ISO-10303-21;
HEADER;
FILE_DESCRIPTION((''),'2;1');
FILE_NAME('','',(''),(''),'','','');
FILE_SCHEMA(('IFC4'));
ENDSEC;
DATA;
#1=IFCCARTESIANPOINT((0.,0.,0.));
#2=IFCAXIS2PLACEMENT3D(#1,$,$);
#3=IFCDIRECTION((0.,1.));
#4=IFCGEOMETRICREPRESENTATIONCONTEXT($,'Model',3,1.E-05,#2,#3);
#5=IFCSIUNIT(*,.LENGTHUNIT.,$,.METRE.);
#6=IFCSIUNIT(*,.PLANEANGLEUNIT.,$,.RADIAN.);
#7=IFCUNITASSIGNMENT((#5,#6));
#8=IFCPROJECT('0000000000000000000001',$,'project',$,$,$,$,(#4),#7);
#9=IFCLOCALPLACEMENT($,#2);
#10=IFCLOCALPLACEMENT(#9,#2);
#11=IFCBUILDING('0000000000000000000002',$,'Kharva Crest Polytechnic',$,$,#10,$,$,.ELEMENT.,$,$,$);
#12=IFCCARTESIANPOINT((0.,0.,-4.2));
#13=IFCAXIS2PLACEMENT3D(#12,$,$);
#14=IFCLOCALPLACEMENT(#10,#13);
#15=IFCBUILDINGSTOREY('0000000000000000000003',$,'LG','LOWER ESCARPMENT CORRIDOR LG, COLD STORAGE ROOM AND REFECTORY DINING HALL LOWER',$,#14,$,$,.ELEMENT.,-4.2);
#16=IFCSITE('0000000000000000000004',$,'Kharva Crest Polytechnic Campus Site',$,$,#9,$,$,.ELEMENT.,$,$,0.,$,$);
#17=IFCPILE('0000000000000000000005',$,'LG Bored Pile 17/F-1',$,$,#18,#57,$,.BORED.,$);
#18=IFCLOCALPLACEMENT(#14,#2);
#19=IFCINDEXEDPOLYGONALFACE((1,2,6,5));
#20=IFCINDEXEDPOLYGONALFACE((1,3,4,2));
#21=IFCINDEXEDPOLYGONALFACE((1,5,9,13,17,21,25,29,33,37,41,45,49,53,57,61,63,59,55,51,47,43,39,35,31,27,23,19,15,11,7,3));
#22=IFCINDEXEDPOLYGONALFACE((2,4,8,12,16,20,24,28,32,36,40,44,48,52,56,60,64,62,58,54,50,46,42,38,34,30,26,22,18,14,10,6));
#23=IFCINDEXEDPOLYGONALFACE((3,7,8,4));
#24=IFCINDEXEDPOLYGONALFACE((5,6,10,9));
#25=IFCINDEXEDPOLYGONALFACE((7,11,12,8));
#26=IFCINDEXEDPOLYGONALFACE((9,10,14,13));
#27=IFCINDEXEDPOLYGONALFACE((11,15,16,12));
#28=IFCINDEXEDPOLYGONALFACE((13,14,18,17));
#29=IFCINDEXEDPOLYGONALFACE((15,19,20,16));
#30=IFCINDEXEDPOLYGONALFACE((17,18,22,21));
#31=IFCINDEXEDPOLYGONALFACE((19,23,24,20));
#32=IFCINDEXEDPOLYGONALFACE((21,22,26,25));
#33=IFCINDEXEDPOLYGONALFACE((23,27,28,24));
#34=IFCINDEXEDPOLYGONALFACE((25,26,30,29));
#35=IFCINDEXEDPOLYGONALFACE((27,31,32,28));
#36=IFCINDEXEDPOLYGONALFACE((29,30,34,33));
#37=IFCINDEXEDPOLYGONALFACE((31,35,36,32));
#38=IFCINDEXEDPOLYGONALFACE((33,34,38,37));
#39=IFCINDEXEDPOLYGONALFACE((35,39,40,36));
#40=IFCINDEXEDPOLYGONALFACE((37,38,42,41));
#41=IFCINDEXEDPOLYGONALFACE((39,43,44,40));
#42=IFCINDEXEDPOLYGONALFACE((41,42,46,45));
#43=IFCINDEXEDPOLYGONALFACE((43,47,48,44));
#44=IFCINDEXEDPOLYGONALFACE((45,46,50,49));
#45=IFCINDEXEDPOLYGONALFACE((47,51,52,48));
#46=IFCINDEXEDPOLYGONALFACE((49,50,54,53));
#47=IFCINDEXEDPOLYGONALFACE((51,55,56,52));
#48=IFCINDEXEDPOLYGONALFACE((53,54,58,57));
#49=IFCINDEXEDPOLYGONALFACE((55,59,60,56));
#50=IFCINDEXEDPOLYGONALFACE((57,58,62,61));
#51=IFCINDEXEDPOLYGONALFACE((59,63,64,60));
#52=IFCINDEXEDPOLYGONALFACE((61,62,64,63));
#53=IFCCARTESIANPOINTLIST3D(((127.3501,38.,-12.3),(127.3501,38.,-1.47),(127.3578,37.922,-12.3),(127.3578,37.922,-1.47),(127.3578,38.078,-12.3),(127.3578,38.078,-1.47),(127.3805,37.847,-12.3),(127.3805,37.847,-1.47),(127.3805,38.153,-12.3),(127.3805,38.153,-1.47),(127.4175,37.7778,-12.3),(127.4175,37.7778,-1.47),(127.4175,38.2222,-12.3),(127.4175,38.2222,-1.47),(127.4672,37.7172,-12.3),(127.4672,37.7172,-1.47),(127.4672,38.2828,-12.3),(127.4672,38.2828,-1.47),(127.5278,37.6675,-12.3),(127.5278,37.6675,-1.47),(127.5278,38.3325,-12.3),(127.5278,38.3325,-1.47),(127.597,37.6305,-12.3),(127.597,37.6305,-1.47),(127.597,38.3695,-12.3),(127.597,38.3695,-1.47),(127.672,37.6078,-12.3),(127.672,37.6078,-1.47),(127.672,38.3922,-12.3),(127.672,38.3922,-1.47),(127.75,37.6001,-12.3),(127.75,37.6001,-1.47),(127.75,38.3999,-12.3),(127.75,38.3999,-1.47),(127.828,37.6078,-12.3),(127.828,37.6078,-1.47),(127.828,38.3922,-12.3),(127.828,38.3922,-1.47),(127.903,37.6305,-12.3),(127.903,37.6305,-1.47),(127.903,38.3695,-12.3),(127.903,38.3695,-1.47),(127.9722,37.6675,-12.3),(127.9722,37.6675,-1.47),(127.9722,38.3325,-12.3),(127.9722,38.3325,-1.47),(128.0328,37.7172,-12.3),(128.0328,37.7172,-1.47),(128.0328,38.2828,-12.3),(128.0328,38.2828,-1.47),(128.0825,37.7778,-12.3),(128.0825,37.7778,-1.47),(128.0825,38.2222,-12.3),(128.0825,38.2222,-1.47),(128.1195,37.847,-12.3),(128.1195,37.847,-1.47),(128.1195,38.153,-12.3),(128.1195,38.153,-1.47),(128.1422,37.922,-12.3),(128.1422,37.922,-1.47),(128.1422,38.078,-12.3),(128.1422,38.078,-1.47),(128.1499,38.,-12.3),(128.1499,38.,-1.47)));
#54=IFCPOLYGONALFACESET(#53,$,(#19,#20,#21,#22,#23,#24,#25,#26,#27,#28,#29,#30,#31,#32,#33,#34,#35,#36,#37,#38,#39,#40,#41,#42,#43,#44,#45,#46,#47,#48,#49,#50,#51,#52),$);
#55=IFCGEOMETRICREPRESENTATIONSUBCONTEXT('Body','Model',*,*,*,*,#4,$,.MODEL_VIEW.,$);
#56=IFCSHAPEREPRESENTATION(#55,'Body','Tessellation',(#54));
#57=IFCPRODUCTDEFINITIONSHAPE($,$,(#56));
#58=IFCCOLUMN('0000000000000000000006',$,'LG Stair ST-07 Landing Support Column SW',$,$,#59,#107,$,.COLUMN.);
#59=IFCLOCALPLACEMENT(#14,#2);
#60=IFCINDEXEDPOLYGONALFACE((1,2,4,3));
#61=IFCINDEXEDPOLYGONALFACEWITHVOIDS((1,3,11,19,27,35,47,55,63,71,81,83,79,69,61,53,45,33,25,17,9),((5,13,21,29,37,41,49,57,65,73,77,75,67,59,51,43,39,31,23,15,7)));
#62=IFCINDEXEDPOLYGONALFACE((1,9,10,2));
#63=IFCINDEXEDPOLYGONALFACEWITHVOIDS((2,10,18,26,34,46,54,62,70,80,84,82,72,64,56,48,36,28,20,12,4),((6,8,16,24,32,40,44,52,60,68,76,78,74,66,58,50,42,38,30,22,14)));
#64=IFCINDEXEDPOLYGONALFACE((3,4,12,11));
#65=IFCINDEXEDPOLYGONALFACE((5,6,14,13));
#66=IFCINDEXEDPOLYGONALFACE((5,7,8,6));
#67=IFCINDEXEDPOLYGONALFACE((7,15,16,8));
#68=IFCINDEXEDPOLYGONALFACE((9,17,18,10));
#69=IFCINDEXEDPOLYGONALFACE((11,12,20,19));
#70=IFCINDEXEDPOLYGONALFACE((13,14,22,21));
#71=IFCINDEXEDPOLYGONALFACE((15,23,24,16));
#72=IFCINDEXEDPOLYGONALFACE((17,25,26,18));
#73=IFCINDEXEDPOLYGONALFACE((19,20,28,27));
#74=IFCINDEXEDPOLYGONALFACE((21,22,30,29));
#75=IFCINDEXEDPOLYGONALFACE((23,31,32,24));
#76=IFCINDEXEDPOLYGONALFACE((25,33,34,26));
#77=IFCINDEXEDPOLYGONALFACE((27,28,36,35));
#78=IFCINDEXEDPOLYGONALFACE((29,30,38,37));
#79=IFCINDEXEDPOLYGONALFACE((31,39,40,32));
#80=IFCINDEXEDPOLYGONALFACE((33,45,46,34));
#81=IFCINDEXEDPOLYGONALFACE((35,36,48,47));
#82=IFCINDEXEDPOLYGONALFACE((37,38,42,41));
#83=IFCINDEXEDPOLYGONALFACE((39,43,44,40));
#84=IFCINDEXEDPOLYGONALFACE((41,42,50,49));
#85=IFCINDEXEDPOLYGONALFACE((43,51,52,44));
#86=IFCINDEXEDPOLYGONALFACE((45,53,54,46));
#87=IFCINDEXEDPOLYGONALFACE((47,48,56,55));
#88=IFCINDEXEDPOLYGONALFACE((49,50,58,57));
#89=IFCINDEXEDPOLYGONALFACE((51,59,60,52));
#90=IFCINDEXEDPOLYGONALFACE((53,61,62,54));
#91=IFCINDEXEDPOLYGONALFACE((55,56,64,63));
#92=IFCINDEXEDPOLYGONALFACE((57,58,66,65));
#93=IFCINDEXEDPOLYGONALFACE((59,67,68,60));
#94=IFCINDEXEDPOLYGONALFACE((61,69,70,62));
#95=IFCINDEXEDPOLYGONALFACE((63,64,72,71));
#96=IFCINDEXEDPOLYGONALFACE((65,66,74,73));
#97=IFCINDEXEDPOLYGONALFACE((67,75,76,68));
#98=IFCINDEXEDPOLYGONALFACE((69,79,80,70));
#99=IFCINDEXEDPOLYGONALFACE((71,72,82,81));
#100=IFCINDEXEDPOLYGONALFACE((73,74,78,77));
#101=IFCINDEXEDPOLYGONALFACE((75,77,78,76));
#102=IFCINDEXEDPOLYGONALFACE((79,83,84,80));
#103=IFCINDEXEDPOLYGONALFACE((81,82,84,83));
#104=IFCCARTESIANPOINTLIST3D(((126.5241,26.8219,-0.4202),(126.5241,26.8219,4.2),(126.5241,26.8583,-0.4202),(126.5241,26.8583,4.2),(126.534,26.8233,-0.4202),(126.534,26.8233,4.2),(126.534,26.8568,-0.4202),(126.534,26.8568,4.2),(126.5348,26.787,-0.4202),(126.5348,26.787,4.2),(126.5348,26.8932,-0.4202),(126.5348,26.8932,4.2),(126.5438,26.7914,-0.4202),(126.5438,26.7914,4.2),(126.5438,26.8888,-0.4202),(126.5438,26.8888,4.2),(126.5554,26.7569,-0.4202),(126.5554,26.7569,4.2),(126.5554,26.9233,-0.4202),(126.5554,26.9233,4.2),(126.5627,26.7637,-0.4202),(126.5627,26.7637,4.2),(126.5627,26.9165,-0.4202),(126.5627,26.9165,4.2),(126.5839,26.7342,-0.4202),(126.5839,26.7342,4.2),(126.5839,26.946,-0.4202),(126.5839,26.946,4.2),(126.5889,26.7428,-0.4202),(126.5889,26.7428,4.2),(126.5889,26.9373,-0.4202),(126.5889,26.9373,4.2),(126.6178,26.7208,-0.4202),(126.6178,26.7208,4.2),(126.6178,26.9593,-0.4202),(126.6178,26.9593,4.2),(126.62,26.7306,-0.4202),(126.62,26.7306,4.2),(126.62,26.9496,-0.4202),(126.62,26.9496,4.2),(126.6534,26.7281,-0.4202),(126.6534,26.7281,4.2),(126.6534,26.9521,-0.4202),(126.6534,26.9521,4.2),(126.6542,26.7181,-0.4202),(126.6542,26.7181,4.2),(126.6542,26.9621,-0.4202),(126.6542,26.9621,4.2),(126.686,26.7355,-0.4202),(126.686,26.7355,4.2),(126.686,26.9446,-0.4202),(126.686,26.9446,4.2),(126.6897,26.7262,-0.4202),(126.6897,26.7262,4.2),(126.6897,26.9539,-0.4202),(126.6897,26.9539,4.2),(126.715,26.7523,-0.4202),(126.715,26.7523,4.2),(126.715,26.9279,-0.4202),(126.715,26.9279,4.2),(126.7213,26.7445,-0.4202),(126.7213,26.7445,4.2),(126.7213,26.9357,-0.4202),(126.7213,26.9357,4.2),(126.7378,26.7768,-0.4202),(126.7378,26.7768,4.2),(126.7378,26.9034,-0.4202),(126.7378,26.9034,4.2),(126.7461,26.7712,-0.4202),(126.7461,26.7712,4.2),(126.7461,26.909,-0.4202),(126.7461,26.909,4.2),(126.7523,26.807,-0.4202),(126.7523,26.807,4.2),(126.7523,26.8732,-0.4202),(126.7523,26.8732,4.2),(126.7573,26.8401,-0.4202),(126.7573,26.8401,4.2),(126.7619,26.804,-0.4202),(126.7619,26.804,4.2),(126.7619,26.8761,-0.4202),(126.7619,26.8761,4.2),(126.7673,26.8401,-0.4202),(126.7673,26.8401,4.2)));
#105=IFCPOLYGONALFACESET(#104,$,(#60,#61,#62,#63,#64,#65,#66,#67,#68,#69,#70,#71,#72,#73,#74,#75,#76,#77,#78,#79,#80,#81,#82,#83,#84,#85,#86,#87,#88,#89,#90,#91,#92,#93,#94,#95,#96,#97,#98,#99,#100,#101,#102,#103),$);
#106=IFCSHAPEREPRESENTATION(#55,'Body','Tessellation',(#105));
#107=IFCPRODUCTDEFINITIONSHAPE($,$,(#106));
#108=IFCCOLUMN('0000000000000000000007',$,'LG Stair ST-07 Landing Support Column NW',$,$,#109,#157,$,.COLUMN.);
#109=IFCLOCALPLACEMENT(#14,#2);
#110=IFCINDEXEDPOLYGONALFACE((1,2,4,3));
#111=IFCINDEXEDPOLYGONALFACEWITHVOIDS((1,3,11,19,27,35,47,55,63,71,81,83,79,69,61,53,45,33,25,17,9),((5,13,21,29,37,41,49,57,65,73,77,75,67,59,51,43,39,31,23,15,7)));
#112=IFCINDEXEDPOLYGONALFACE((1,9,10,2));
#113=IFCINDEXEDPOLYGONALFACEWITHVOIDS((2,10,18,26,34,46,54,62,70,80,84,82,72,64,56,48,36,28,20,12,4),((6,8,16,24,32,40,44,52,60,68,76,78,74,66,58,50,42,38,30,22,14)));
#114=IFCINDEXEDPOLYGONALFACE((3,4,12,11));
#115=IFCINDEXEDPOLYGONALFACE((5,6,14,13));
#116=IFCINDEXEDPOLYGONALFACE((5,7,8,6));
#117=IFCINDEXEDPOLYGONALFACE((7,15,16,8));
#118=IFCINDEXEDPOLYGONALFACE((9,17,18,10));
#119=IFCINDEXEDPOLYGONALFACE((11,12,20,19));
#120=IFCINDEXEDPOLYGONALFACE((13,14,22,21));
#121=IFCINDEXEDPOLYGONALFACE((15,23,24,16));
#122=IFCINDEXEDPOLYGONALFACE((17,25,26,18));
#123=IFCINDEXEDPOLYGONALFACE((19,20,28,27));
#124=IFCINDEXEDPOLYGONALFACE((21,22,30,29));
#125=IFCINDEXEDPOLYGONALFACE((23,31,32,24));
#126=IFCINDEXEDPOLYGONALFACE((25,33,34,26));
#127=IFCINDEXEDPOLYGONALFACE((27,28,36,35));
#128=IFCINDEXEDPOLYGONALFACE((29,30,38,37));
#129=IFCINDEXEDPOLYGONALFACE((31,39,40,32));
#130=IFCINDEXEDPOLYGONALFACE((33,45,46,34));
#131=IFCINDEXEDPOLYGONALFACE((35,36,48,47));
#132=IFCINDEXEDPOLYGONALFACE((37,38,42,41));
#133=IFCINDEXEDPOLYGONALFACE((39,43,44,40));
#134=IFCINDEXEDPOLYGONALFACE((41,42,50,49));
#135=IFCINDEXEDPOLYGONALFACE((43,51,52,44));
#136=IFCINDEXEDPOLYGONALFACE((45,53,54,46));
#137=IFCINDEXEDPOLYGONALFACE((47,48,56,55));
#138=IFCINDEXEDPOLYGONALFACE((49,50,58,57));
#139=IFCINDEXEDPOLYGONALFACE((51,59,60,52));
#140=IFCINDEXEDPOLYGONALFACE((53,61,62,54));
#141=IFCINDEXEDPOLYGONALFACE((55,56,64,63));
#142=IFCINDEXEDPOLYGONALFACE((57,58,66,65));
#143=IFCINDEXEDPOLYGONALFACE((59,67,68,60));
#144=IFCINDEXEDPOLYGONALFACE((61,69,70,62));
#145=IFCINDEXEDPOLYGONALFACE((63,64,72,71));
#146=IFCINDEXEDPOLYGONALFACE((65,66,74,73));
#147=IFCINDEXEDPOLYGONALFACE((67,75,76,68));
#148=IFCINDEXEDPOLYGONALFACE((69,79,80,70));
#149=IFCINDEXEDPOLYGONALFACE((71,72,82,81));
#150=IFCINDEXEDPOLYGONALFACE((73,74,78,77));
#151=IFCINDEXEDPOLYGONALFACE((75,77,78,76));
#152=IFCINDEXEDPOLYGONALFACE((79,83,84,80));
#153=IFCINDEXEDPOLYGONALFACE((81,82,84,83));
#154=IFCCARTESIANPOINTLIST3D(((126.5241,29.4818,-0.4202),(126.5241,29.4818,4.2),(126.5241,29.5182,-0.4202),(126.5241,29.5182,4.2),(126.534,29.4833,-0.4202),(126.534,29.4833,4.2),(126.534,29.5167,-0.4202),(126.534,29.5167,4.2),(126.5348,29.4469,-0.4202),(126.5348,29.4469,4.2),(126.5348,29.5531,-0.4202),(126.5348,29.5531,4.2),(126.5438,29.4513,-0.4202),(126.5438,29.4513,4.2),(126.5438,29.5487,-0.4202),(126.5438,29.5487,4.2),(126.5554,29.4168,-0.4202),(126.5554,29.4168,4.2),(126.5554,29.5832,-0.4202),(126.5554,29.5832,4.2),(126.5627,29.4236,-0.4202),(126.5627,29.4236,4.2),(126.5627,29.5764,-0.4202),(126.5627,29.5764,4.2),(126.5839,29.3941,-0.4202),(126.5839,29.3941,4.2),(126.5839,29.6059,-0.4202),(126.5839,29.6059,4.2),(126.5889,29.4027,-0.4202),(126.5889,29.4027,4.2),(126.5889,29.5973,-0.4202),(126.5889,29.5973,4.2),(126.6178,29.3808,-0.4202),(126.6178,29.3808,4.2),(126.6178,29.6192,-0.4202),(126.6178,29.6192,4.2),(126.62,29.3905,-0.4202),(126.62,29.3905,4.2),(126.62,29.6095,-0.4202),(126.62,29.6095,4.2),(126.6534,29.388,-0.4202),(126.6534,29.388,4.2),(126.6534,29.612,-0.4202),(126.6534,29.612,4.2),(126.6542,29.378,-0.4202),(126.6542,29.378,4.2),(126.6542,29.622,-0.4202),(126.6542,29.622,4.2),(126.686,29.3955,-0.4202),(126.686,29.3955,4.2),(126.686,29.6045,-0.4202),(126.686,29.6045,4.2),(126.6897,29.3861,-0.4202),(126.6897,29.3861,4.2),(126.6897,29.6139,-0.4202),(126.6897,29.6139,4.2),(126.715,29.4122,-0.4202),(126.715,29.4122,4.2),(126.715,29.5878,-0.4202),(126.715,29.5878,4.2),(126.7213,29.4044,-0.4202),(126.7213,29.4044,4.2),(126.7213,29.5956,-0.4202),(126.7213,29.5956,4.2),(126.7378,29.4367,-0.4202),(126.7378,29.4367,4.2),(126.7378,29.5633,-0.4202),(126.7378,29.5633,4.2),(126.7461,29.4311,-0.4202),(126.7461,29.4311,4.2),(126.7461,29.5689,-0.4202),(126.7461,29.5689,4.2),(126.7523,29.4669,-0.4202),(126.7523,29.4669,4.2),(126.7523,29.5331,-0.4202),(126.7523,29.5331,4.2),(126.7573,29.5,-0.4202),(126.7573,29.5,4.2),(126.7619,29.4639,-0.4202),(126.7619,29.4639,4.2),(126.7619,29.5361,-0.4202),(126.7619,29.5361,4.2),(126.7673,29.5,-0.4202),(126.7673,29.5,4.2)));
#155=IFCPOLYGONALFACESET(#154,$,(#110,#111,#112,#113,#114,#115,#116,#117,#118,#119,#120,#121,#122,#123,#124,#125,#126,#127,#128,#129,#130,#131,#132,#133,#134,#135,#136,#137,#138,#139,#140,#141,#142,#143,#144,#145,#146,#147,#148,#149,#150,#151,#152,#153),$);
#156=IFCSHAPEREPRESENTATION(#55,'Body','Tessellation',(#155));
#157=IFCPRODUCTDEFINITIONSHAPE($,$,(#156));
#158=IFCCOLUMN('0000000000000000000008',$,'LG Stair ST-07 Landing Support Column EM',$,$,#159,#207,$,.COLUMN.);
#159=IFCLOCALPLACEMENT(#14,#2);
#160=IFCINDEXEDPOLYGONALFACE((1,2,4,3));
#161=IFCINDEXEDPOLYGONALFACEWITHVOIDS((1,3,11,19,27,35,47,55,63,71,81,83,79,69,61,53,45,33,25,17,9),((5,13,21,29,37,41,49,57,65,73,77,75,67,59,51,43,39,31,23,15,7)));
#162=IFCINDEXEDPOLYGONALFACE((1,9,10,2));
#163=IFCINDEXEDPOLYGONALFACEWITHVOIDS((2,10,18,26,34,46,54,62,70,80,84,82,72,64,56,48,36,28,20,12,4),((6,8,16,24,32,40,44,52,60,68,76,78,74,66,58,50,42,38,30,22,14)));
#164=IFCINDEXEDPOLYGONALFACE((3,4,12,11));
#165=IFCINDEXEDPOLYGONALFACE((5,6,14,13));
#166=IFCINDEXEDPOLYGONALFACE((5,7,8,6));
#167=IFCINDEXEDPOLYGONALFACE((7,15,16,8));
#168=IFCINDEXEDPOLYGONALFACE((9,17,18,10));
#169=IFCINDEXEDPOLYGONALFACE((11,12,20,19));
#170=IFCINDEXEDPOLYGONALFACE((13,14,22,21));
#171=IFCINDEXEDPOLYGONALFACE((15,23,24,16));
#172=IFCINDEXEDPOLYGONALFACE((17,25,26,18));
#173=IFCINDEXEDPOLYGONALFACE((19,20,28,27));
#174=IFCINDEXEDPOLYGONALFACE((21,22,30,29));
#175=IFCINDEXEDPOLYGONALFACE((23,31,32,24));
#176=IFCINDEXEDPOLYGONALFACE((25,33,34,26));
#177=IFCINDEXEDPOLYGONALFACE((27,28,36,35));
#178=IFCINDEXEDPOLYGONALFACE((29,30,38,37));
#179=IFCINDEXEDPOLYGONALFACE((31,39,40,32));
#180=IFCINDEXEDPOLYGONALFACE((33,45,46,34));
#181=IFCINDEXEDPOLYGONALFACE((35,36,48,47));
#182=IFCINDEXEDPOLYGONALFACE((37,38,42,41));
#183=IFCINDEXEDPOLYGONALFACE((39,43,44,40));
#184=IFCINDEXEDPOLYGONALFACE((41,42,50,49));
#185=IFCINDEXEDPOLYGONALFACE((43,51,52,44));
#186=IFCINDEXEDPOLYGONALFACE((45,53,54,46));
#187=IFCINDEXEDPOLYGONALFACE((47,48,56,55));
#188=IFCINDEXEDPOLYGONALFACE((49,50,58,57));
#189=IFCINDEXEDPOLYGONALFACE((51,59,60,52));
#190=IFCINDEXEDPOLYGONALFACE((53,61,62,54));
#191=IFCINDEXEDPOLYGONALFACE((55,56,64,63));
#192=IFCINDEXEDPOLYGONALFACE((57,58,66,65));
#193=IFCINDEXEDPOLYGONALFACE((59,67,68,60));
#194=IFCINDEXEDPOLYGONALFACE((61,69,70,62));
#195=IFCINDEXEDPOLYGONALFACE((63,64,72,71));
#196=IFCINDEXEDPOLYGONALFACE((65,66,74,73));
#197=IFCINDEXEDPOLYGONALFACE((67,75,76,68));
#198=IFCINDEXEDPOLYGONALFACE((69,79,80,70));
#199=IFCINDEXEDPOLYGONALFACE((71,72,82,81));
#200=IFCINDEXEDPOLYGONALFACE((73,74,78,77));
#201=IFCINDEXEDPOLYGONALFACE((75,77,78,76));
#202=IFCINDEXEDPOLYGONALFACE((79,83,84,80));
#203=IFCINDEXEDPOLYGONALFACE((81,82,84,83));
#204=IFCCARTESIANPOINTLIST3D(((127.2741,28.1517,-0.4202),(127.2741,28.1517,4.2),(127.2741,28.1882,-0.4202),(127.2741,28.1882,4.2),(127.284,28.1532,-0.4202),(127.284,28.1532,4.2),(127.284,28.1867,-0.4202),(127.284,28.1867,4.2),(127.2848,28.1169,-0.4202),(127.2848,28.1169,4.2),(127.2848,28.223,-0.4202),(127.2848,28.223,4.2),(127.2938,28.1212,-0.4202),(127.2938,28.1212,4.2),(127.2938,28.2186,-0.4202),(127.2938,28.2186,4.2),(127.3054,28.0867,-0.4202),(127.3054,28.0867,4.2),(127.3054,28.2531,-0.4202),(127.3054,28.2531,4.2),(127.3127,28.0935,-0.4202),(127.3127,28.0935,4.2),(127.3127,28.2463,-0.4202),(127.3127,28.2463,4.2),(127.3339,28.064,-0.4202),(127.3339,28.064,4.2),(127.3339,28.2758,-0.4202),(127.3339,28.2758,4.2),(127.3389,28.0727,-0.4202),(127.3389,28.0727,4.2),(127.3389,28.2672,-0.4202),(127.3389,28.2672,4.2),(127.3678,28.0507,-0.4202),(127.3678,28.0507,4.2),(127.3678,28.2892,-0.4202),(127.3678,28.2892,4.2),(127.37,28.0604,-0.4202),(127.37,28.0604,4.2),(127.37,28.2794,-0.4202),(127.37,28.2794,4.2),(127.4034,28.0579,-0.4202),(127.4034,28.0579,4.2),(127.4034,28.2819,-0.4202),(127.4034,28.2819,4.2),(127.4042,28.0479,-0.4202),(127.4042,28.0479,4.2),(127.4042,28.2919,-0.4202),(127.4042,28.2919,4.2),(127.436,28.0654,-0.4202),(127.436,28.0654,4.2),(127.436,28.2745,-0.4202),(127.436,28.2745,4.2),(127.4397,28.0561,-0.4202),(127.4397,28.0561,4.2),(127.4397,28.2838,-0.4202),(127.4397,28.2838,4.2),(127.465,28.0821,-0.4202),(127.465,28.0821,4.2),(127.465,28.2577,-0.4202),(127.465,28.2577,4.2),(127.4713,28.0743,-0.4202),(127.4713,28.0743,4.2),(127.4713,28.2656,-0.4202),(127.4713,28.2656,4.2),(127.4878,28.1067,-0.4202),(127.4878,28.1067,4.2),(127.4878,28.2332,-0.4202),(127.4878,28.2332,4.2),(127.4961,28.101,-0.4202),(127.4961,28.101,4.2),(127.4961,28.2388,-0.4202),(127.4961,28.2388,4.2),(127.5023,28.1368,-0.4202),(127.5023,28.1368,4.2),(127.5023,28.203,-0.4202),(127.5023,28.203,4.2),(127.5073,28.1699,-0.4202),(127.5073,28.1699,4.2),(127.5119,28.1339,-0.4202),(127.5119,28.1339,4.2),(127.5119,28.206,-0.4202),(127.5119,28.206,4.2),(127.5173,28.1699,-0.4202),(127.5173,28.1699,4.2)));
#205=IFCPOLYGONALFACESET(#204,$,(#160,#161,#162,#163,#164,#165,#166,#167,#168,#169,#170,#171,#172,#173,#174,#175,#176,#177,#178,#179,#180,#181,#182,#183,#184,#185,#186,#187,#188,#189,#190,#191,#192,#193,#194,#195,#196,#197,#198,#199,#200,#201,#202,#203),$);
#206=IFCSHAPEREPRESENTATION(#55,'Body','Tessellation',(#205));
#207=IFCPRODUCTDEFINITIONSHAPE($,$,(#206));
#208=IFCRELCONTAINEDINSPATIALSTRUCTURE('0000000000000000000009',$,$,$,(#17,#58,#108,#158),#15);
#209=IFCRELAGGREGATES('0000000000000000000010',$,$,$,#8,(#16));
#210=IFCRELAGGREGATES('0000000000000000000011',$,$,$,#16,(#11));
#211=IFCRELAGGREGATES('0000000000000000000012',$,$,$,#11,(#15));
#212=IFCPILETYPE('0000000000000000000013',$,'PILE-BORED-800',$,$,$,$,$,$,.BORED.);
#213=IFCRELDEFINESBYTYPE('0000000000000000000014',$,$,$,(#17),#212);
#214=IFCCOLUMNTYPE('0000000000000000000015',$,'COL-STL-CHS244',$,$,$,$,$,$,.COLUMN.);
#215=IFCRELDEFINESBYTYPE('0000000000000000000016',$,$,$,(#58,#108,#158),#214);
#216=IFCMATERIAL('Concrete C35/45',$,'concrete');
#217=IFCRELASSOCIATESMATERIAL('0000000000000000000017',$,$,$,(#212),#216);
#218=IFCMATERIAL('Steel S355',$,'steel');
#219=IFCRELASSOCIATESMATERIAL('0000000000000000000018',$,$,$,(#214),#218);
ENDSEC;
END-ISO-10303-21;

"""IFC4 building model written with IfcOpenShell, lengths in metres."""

from ifc_helpers import new_model, si_unit, direction, frame, origin, origin_2d, place, context, subcontext, project, spatial, circle, hollow_circle, extrude, material, material_profile, profile_set, type_object, element, save


model = new_model("IFC4")

# Units and contexts
model_context = context("Model", 3, precision=1e-05, world=origin(), true_north=direction((0.0, 1.0)))
body_context = subcontext(model_context, "Body", "Model", "MODEL_VIEW")
ifc_project = project(units=[si_unit("LENGTHUNIT", "METRE"), si_unit("PLANEANGLEUNIT", "RADIAN")], contexts=[model_context])

# Site, building, storey
site_placement = place(None, origin())
site = spatial("IfcSite", under=ifc_project, at=site_placement, Name="Kharva Crest Polytechnic Campus Site", CompositionType="ELEMENT", RefElevation=0.0)
building_placement = place(site_placement, origin())
building = spatial("IfcBuilding", under=site, at=building_placement, Name="Kharva Crest Polytechnic", CompositionType="ELEMENT")
storey_placement = place(building_placement, frame((0.0, 0.0, -4.2)))
storey = spatial("IfcBuildingStorey", under=building, at=storey_placement, Name="LG", Description="LOWER ESCARPMENT CORRIDOR LG, COLD STORAGE ROOM AND REFECTORY DINING HALL LOWER", CompositionType="ELEMENT", Elevation=-4.2)

# Shared definitions
ifc_material_1 = material(Name="Concrete C35/45", Category="concrete")

# Pile
ifc_material_profile_1 = material_profile(ifc_material_1, circle(Radius=0.3999, at=origin_2d()), Name="DIA 800")
ifc_profile_set_1 = profile_set([ifc_material_profile_1], Name="Concrete C35/45")
pile_type = type_object("IfcPileType", Name="PILE-BORED-800", PredefinedType="BORED", material=ifc_profile_set_1)
for number, where, z_axis, x_axis, name in (
    (1, (127.75, 38.0, -1.47), (0.0, 0.0, -1.0), (1.0, 0.0, 0.0), "LG Bored Pile 17/F-1"),
):
    element("IfcPile", number, at=place(storey_placement, frame(where, z_axis=z_axis, x_axis=x_axis)), inside=storey, type_object=pile_type, Name=name, PredefinedType="BORED", context=body_context, shape_type="SweptSolid", body=[
        extrude(circle(Radius=0.3999, at=origin_2d()), origin(), (0.0, 0.0, 1.0), 10.8301),
    ])

# Columns
ifc_material_2 = material(Name="Steel S355", Category="steel")
ifc_material_profile_2 = material_profile(ifc_material_2, hollow_circle(Radius=0.1223, WallThickness=0.01, at=origin_2d()), Name="CHS 244.5X10.0")
ifc_profile_set_2 = profile_set([ifc_material_profile_2], Name="Steel S355")
column_type = type_object("IfcColumnType", Name="COL-STL-CHS244", PredefinedType="COLUMN", material=ifc_profile_set_2)
for number, where, z_axis, x_axis, name in (
    (2, (126.645, 26.8401, -0.4202), (0.0, 0.0, 1.0), (1.0, 0.0, 0.0), "LG Stair ST-07 Landing Support Column SW"),
    (3, (126.645, 29.5, -0.4202), (0.0, 0.0, 1.0), (1.0, 0.0, 0.0), "LG Stair ST-07 Landing Support Column NW"),
    (4, (127.395, 28.1699, -0.4202), (0.0, 0.0, 1.0), (1.0, 0.0, 0.0), "LG Stair ST-07 Landing Support Column EM"),
):
    element("IfcColumn", number, at=place(storey_placement, frame(where, z_axis=z_axis, x_axis=x_axis)), inside=storey, type_object=column_type, Name=name, PredefinedType="COLUMN", context=body_context, shape_type="SweptSolid", body=[
        extrude(hollow_circle(Radius=0.1223, WallThickness=0.01, at=origin_2d()), origin(), (0.0, 0.0, 1.0), 4.6201),
    ])

save(model, "model.ifc")
